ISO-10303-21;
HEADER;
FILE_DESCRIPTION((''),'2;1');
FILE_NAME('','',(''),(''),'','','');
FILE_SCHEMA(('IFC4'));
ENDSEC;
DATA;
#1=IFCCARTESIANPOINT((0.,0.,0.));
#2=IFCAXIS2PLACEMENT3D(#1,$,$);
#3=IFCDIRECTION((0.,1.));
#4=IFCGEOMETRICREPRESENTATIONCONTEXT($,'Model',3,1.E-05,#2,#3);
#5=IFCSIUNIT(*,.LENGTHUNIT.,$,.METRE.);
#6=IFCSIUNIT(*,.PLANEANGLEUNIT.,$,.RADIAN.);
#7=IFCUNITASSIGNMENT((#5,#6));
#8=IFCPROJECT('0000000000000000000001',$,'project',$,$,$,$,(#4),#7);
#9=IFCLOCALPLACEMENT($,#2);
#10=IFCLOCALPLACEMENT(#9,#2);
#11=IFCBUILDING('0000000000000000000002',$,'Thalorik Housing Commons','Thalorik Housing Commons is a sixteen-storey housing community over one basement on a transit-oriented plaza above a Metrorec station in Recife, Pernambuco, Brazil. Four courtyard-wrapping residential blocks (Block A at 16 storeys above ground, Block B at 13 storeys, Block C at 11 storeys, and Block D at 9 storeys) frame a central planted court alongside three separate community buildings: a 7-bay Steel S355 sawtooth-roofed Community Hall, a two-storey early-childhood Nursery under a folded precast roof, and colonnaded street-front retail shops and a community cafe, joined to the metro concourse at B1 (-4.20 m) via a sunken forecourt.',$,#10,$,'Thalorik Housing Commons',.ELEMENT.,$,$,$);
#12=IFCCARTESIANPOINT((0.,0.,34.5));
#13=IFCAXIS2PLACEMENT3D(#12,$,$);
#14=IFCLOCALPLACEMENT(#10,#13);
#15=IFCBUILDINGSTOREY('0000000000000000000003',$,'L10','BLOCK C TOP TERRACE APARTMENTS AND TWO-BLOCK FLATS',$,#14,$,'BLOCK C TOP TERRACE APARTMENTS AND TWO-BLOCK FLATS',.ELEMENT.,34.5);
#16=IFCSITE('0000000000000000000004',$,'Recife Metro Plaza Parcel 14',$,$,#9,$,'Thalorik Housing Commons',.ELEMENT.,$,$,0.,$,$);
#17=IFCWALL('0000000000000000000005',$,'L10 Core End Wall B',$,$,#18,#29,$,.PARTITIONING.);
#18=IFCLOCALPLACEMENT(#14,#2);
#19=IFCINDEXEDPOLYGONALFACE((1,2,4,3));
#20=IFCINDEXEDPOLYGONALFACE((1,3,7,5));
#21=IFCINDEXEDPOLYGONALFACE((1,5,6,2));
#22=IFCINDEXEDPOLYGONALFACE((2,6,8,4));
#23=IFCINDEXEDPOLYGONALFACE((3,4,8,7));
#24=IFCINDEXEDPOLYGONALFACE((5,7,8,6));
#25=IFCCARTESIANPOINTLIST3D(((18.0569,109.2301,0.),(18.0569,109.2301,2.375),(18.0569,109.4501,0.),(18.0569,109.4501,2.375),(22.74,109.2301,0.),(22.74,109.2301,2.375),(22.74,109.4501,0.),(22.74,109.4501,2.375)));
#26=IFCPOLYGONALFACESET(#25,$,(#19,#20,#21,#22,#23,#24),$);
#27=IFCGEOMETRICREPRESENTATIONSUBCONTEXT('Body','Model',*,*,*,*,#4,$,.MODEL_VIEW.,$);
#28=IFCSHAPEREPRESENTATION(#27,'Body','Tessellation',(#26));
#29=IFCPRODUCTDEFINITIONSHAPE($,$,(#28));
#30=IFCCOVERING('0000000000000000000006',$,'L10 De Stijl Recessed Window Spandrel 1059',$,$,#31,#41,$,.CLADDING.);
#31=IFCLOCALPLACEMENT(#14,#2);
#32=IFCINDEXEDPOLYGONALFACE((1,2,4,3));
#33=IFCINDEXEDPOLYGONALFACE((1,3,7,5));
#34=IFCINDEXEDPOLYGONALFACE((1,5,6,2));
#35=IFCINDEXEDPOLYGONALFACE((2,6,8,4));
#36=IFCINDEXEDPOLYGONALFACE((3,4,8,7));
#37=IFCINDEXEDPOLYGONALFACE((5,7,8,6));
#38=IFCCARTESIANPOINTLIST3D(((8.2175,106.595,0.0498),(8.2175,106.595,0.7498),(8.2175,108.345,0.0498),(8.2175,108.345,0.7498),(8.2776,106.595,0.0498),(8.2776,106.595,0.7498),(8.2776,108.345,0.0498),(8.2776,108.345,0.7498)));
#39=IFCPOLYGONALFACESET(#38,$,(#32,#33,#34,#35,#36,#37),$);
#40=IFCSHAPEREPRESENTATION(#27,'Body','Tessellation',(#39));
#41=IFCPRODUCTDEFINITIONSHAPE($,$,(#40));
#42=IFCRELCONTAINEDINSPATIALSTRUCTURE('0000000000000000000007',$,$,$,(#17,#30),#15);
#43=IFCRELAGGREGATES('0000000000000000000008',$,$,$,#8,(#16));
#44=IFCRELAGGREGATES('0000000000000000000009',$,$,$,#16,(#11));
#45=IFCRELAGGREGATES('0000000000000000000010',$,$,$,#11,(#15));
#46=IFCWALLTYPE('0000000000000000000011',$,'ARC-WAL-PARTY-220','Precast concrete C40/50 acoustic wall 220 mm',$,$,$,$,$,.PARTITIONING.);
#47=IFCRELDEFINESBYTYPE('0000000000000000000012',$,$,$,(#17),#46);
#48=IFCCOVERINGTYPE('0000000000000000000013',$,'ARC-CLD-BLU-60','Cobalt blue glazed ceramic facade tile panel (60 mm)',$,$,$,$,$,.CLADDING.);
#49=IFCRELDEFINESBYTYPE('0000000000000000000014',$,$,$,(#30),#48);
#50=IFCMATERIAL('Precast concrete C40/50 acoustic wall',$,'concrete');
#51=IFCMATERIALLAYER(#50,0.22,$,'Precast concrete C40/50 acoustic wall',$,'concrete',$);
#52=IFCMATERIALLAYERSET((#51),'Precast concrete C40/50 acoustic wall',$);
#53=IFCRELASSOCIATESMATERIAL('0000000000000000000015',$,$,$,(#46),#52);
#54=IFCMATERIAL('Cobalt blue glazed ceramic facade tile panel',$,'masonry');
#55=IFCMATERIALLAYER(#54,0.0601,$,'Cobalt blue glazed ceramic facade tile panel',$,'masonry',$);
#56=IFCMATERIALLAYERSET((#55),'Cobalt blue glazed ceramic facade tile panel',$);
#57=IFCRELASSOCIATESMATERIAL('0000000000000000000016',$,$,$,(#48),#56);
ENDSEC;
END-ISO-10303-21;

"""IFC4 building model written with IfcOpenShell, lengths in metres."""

from ifc_helpers import new_model, si_unit, direction, frame, frame_2d, origin, origin_2d, place, context, subcontext, project, spatial, rectangle, extrude, material, layer, layer_set, type_object, element, save


model = new_model("IFC4")

# Units and contexts
model_context = context("Model", 3, precision=1e-05, world=origin(), true_north=direction((0.0, 1.0)))
body_context = subcontext(model_context, "Body", "Model", "MODEL_VIEW")
ifc_project = project(units=[si_unit("LENGTHUNIT", "METRE"), si_unit("PLANEANGLEUNIT", "RADIAN")], contexts=[model_context])

# Site, building, storey
site_placement = place(None, origin())
site = spatial("IfcSite", under=ifc_project, at=site_placement, Name="Recife Metro Plaza Parcel 14", LongName="Thalorik Housing Commons", CompositionType="ELEMENT", RefElevation=0.0)
building_placement = place(site_placement, origin())
building = spatial("IfcBuilding", under=site, at=building_placement, Name="Thalorik Housing Commons", Description="Thalorik Housing Commons is a sixteen-storey housing community over one basement on a transit-oriented plaza above a Metrorec station in Recife, Pernambuco, Brazil. Four courtyard-wrapping residential blocks (Block A at 16 storeys above ground, Block B at 13 storeys, Block C at 11 storeys, and Block D at 9 storeys) frame a central planted court alongside three separate community buildings: a 7-bay Steel S355 sawtooth-roofed Community Hall, a two-storey early-childhood Nursery under a folded precast roof, and colonnaded street-front retail shops and a community cafe, joined to the metro concourse at B1 (-4.20 m) via a sunken forecourt.", LongName="Thalorik Housing Commons", CompositionType="ELEMENT")
storey_placement = place(building_placement, frame((0.0, 0.0, 34.5)))
storey = spatial("IfcBuildingStorey", under=building, at=storey_placement, Name="L10", Description="BLOCK C TOP TERRACE APARTMENTS AND TWO-BLOCK FLATS", LongName="BLOCK C TOP TERRACE APARTMENTS AND TWO-BLOCK FLATS", CompositionType="ELEMENT", Elevation=34.5)

# Wall
ifc_material_1 = material(Name="Precast concrete C40/50 acoustic wall", Category="concrete")
ifc_layer_1 = layer(ifc_material_1, 0.22, Name="Precast concrete C40/50 acoustic wall", Category="concrete")
ifc_layer_set_1 = layer_set([ifc_layer_1], Name="Precast concrete C40/50 acoustic wall")
wall_type_1 = type_object("IfcWallType", Name="ARC-WAL-PARTY-220", Description="Precast concrete C40/50 acoustic wall 220 mm", PredefinedType="PARTITIONING", material=ifc_layer_set_1)
wall_1_placement = place(storey_placement, frame((18.0569, 109.3401, 0.0), z_axis=(0.0, 0.0, 1.0), x_axis=(1.0, 0.0, 0.0)))
element("IfcWall", 1, at=wall_1_placement, inside=storey, type_object=wall_type_1, Name="L10 Core End Wall B", PredefinedType="PARTITIONING", context=body_context, shape_type="SweptSolid", body=[
    extrude(rectangle(XDim=4.6831, YDim=0.22, at=frame_2d((2.3416, 0.0))), origin(), (0.0, 0.0, 1.0), 2.375),
])

# Covering
ifc_material_2 = material(Name="Cobalt blue glazed ceramic facade tile panel", Category="masonry")
ifc_layer_2 = layer(ifc_material_2, 0.0601, Name="Cobalt blue glazed ceramic facade tile panel", Category="masonry")
ifc_layer_set_2 = layer_set([ifc_layer_2], Name="Cobalt blue glazed ceramic facade tile panel")
covering_type_1 = type_object("IfcCoveringType", Name="ARC-CLD-BLU-60", Description="Cobalt blue glazed ceramic facade tile panel (60 mm)", PredefinedType="CLADDING", material=ifc_layer_set_2)
covering_1_placement = place(storey_placement, frame((8.2476, 107.47, 0.0498), z_axis=(0.0, 0.0, 1.0), x_axis=(0.0, -1.0, 0.0)))
element("IfcCovering", 2, at=covering_1_placement, inside=storey, type_object=covering_type_1, Name="L10 De Stijl Recessed Window Spandrel 1059", PredefinedType="CLADDING", context=body_context, shape_type="SweptSolid", body=[
    extrude(rectangle(XDim=1.75, YDim=0.0601, at=origin_2d()), origin(), (0.0, 0.0, 1.0), 0.7),
])

save(model, "model.ifc")
